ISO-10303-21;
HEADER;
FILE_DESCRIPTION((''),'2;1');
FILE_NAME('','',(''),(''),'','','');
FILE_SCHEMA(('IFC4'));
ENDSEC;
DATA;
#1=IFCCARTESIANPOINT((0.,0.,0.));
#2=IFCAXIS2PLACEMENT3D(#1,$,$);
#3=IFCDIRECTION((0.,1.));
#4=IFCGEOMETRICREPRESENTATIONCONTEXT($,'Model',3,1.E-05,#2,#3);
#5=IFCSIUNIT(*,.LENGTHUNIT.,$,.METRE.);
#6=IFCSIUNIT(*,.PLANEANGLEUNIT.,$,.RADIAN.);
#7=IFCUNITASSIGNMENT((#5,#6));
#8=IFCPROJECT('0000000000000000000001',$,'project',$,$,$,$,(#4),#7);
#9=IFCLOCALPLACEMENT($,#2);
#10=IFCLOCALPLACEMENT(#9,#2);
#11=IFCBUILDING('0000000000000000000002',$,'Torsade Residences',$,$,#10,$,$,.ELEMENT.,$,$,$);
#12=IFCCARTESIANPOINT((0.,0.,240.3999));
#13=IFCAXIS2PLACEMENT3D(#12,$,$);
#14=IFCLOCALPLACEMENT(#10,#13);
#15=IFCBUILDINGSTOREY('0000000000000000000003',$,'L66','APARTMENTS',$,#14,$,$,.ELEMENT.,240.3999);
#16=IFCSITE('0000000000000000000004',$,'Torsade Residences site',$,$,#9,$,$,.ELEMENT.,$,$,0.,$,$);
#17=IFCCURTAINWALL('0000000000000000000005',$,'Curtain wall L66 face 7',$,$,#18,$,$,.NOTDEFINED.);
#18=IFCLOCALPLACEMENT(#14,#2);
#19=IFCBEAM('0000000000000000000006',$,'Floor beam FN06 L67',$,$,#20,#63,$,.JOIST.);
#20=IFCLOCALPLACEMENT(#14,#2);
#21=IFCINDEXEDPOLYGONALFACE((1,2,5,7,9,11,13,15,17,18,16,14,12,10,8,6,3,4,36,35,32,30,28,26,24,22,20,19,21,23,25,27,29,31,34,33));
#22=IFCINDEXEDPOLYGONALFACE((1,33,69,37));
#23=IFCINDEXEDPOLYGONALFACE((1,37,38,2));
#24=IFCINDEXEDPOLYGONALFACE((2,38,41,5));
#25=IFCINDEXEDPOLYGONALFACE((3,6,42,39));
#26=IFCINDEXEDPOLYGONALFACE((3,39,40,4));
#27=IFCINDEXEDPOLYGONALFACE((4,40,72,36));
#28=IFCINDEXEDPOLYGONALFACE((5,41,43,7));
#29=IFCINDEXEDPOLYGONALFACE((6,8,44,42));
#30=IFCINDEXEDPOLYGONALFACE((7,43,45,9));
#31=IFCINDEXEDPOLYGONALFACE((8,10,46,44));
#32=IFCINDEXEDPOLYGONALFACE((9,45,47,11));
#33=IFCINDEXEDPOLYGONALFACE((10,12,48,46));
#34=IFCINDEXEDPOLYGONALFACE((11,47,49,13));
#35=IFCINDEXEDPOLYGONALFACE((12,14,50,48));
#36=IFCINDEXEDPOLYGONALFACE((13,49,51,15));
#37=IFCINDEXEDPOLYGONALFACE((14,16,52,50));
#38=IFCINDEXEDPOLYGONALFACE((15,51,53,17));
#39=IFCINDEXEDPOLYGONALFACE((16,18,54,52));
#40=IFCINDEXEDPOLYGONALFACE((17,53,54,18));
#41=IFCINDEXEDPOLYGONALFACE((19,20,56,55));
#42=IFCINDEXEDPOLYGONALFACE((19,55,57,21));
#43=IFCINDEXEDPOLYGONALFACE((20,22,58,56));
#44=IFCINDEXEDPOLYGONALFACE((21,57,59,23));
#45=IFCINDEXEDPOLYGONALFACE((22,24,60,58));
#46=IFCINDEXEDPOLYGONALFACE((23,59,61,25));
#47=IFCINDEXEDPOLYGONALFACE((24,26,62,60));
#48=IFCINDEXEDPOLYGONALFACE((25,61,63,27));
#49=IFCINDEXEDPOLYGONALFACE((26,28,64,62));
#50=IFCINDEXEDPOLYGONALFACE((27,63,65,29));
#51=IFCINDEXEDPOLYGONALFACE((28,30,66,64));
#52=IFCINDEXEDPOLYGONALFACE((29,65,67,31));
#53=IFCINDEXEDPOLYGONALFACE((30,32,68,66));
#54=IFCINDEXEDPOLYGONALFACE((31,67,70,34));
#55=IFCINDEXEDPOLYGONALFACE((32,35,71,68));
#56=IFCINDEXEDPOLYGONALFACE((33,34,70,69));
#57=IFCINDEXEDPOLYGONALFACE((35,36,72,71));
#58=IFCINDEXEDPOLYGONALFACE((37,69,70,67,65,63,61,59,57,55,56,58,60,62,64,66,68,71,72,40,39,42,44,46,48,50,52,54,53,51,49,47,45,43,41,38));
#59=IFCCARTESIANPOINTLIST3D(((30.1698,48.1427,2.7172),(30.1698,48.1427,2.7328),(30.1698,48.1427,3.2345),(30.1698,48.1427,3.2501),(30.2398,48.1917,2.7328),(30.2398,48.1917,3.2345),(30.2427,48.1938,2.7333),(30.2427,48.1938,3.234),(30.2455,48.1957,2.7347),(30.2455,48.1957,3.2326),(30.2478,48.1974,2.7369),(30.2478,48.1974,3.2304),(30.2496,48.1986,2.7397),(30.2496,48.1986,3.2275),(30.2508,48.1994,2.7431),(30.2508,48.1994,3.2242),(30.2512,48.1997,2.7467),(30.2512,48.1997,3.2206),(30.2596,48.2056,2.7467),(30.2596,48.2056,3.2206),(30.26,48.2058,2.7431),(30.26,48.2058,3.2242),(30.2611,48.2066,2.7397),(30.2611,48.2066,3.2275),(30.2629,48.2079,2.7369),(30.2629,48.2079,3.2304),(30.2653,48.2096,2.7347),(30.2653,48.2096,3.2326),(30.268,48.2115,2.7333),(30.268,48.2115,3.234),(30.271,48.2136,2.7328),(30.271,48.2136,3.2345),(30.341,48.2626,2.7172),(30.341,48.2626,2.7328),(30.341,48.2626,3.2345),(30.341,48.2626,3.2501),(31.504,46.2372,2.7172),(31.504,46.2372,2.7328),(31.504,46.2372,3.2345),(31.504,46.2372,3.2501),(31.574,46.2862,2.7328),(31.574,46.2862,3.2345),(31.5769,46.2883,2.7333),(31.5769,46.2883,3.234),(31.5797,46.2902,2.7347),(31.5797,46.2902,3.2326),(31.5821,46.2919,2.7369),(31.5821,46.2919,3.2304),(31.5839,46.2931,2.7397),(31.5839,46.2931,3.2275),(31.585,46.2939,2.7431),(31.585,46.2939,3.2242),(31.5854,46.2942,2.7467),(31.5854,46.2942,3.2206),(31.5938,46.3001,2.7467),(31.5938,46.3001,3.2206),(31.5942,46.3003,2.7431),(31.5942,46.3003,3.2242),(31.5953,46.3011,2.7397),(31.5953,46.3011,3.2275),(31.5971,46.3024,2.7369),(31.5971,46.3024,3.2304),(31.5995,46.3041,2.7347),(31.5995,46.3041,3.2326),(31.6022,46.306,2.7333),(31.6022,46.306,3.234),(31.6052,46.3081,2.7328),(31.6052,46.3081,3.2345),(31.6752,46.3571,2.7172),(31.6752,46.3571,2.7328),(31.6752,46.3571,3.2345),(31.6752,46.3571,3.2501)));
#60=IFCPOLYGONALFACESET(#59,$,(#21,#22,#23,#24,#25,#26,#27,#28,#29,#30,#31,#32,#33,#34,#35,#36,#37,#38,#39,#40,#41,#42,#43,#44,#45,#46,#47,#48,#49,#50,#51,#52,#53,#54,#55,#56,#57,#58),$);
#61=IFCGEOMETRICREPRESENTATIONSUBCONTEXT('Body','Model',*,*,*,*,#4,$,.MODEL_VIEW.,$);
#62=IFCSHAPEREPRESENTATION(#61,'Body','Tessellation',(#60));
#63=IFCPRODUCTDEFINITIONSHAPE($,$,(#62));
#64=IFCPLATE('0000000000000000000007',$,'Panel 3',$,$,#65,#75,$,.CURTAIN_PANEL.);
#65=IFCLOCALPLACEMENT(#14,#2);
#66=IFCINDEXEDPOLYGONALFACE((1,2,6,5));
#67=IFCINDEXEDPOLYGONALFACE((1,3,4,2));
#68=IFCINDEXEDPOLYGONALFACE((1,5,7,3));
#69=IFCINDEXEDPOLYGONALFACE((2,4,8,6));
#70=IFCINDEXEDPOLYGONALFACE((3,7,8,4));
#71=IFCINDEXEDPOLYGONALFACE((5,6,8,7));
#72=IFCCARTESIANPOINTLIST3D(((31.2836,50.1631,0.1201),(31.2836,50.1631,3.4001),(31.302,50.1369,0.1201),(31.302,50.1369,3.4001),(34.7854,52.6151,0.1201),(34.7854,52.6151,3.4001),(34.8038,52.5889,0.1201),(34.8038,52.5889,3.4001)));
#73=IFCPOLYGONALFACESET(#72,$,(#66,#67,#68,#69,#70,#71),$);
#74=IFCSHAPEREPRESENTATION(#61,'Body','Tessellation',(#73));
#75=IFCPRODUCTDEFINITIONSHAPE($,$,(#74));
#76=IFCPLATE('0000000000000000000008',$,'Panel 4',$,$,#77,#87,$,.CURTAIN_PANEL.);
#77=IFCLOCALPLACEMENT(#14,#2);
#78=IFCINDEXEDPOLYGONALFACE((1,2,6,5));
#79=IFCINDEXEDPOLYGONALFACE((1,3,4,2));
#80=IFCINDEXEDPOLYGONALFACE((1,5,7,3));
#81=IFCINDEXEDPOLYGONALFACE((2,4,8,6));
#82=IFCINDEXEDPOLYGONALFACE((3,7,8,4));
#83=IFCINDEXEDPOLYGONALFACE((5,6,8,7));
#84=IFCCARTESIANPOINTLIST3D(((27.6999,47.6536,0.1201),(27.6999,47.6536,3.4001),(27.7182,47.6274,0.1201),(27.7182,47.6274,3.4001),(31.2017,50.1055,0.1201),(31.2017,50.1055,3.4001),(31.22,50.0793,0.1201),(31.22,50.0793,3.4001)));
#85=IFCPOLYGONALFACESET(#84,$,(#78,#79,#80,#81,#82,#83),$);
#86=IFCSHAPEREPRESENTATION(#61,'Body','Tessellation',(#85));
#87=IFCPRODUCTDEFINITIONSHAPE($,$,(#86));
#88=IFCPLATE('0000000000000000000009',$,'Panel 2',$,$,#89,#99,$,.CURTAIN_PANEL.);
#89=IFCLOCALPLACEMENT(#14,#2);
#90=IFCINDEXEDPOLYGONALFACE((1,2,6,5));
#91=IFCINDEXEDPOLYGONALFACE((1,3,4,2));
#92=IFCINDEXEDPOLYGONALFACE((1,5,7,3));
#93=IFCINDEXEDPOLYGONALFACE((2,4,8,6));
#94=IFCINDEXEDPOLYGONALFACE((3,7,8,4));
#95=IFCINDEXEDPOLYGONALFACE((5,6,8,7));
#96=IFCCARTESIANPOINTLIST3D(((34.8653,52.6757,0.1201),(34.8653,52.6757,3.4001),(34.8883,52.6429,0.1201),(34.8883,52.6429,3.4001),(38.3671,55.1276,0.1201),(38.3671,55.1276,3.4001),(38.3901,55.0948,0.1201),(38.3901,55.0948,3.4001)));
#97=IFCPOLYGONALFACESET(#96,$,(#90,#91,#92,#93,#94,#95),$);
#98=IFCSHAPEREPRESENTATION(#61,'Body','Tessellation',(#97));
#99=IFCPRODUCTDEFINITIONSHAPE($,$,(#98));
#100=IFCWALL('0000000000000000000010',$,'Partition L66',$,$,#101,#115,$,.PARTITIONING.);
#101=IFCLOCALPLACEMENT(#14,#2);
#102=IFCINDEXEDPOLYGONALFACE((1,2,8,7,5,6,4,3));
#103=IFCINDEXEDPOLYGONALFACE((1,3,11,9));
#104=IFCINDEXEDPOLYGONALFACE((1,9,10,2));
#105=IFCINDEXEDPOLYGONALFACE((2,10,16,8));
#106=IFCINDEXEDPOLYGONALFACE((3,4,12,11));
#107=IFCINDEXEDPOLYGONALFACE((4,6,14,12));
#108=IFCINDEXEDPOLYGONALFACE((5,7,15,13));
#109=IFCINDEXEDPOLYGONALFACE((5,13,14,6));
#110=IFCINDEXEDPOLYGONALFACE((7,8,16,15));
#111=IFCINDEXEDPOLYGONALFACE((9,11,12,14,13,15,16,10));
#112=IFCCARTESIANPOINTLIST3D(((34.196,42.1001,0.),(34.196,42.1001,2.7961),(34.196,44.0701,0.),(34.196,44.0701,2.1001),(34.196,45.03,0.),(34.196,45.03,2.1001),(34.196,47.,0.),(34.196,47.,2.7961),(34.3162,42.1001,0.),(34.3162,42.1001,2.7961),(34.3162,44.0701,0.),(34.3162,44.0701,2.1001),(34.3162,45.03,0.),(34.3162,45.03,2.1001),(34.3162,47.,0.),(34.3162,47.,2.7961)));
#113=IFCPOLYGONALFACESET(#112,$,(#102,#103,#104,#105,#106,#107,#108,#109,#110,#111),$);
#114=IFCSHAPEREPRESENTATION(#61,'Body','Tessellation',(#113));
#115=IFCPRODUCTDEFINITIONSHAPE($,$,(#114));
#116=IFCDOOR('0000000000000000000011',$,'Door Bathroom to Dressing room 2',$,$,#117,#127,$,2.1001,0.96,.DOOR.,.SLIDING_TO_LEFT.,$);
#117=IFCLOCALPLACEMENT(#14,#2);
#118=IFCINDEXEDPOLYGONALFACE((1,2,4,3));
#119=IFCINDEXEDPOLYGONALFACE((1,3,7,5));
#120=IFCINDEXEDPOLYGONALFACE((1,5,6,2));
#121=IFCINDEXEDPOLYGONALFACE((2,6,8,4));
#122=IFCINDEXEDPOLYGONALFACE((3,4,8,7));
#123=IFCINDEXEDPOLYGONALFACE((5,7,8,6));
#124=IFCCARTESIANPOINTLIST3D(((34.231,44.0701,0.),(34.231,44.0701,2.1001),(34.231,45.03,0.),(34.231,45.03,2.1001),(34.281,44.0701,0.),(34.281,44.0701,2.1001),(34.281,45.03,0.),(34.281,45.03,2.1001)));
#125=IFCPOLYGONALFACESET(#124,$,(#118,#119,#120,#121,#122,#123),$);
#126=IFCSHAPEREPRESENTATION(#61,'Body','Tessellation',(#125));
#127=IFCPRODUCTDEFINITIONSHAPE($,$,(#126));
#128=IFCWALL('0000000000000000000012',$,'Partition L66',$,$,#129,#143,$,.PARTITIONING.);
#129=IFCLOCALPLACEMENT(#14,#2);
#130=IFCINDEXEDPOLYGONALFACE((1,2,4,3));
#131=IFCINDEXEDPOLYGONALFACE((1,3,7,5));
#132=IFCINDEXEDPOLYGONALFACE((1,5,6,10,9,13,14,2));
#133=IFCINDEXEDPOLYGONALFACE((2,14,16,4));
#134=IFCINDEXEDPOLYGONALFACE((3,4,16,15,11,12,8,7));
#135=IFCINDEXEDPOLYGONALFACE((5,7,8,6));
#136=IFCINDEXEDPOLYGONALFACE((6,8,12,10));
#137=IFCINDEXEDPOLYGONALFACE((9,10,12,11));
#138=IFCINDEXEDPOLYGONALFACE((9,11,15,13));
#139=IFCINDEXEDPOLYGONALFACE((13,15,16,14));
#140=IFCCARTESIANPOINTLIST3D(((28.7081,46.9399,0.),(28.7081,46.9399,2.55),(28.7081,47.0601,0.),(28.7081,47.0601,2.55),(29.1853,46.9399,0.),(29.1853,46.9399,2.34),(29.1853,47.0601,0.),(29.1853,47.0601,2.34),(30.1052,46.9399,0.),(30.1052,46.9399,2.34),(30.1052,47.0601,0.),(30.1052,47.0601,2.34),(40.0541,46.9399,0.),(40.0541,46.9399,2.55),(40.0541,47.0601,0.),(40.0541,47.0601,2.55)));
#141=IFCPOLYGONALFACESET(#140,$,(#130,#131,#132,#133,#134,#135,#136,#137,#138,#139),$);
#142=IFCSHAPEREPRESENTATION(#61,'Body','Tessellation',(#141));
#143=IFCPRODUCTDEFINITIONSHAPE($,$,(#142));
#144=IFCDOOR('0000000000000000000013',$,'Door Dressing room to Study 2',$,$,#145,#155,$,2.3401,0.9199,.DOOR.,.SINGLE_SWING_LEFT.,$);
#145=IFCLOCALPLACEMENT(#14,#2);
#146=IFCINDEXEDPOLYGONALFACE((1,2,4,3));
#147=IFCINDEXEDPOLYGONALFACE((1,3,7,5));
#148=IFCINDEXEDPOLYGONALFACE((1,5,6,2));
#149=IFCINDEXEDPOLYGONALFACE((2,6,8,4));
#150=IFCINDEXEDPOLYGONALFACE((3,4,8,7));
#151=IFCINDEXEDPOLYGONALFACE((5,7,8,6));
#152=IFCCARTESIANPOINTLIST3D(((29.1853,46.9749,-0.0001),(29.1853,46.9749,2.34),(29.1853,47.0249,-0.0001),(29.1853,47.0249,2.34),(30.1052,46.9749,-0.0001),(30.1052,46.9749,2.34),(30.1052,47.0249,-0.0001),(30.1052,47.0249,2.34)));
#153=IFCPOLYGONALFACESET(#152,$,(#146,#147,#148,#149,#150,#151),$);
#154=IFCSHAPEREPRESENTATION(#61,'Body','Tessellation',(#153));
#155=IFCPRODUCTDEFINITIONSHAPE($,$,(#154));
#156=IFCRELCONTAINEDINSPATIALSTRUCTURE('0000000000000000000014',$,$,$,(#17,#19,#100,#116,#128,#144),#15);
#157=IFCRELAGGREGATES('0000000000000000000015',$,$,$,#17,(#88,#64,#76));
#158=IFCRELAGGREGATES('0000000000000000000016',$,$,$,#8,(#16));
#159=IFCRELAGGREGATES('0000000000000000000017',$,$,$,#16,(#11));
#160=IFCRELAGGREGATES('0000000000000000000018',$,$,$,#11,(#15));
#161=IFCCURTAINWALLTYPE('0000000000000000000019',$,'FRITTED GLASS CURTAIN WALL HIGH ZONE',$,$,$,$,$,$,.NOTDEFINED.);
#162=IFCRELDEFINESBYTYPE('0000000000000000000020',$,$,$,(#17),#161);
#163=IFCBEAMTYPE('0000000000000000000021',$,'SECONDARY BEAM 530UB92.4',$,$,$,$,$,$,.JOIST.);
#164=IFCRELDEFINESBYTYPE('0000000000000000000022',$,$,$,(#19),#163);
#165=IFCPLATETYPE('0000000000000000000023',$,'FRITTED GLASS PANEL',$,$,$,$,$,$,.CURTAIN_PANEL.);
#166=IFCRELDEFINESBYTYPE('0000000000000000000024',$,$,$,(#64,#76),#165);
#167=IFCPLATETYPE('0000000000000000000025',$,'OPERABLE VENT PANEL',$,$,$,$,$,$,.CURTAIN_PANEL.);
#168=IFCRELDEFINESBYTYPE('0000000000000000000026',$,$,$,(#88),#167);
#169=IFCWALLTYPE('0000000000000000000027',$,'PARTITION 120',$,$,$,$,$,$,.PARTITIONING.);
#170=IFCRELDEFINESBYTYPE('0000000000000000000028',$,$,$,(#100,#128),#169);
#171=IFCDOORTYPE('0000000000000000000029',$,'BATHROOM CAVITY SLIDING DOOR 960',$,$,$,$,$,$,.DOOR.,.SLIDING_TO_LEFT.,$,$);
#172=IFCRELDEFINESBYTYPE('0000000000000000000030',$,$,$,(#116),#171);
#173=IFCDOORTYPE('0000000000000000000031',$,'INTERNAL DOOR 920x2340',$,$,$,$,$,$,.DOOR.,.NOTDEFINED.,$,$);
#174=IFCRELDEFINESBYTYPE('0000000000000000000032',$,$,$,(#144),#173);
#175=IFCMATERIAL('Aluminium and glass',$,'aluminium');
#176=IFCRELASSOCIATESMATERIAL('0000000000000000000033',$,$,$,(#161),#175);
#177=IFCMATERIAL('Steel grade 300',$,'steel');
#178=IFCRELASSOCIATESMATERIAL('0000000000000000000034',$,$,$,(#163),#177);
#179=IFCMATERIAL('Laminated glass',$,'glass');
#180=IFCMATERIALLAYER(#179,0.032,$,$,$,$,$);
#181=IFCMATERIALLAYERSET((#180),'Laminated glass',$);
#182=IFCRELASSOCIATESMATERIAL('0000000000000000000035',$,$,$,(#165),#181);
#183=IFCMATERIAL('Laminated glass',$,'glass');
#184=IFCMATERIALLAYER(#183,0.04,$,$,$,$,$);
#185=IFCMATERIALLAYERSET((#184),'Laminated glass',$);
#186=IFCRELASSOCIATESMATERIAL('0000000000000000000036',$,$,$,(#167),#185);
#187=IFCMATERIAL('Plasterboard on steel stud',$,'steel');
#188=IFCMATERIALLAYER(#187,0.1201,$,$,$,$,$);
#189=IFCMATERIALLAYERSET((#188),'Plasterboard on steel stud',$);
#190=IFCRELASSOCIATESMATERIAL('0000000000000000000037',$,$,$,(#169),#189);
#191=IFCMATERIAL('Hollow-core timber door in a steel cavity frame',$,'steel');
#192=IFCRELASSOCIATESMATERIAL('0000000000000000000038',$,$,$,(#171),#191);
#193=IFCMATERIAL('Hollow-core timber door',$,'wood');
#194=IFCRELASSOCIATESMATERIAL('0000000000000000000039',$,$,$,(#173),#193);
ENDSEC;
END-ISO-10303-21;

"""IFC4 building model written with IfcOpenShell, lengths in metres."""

from ifc_helpers import new_model, si_unit, direction, frame, frame_2d, origin, origin_2d, place, context, subcontext, project, spatial, rectangle, i_section, extrude, material, layer, layer_set, material_profile, profile_set, type_object, element, fill, aggregate, save


model = new_model("IFC4")

# Units and contexts
model_context = context("Model", 3, precision=1e-05, world=origin(), true_north=direction((0.0, 1.0)))
body_context = subcontext(model_context, "Body", "Model", "MODEL_VIEW")
ifc_project = project(units=[si_unit("LENGTHUNIT", "METRE"), si_unit("PLANEANGLEUNIT", "RADIAN")], contexts=[model_context])

# Site, building, storey
site_placement = place(None, origin())
site = spatial("IfcSite", under=ifc_project, at=site_placement, Name="Torsade Residences site", CompositionType="ELEMENT", RefElevation=0.0)
building_placement = place(site_placement, origin())
building = spatial("IfcBuilding", under=site, at=building_placement, Name="Torsade Residences", CompositionType="ELEMENT")
storey_placement = place(building_placement, frame((0.0, 0.0, 240.3999)))
storey = spatial("IfcBuildingStorey", under=building, at=storey_placement, Name="L66", Description="APARTMENTS", CompositionType="ELEMENT", Elevation=240.3999)

# Curtain wall
ifc_material_1 = material(Name="Aluminium and glass", Category="aluminium")
curtain_wall_type = type_object("IfcCurtainWallType", Name="FRITTED GLASS CURTAIN WALL HIGH ZONE", PredefinedType="NOTDEFINED", material=ifc_material_1)
curtain_wall_placement = place(storey_placement, origin())
curtain_wall = element("IfcCurtainWall", 1, at=curtain_wall_placement, inside=storey, type_object=curtain_wall_type, Name="Curtain wall L66 face 7", PredefinedType="NOTDEFINED")

# Beam
ifc_material_2 = material(Name="Steel grade 300", Category="steel")
ifc_material_profile_1 = material_profile(ifc_material_2, i_section(OverallWidth=0.209, OverallDepth=0.533, WebThickness=0.0103, FlangeThickness=0.0156, FilletRadius=0.0139, at=origin_2d()), Name="530UB92.4")
ifc_profile_set_1 = profile_set([ifc_material_profile_1], Name="Steel grade 300")
beam_type_1 = type_object("IfcBeamType", Name="SECONDARY BEAM 530UB92.4", PredefinedType="JOIST", material=ifc_profile_set_1)
beam_1_placement = place(storey_placement, frame((30.2554, 48.2026, 2.9836), z_axis=(0.573568, -0.819158, 0.0), x_axis=(0.819158, 0.573568, 0.0)))
element("IfcBeam", 2, at=beam_1_placement, inside=storey, type_object=beam_type_1, Name="Floor beam FN06 L67", PredefinedType="JOIST", context=body_context, shape_type="SweptSolid", body=[
    extrude(i_section(OverallWidth=0.209, OverallDepth=0.533, WebThickness=0.0103, FlangeThickness=0.0156, FilletRadius=0.0139, at=origin_2d()), origin(), (0.0, 0.0, 1.0), 2.3262),
])

# Plates
ifc_material_3 = material(Name="Laminated glass", Category="glass")
ifc_layer_1 = layer(ifc_material_3, 0.032)
ifc_layer_set_1 = layer_set([ifc_layer_1], Name="Laminated glass")
plate_type_1 = type_object("IfcPlateType", Name="FRITTED GLASS PANEL", PredefinedType="CURTAIN_PANEL", material=ifc_layer_set_1)
plate_1_placement = place(storey_placement, frame((33.0437, 51.376, 0.1201), z_axis=(0.0, 0.0, 1.0), x_axis=(-0.819152, -0.573576, 0.0)))
plate_1 = element("IfcPlate", 3, at=plate_1_placement, type_object=plate_type_1, Name="Panel 3", PredefinedType="CURTAIN_PANEL", context=body_context, shape_type="SweptSolid", body=[
    extrude(rectangle(XDim=4.2749, YDim=0.032, at=origin_2d()), origin(), (0.0, 0.0, 1.0), 3.28),
])
plate_2_placement = place(storey_placement, frame((29.46, 48.8665, 0.1201), z_axis=(0.0, 0.0, 1.0), x_axis=(-0.819152, -0.573576, 0.0)))
plate_2 = element("IfcPlate", 4, at=plate_2_placement, type_object=plate_type_1, Name="Panel 4", PredefinedType="CURTAIN_PANEL", context=body_context, shape_type="SweptSolid", body=[
    extrude(rectangle(XDim=4.2749, YDim=0.032, at=origin_2d()), origin(), (0.0, 0.0, 1.0), 3.28),
])
ifc_material_4 = material(Name="Laminated glass", Category="glass")
ifc_layer_2 = layer(ifc_material_4, 0.04)
ifc_layer_set_2 = layer_set([ifc_layer_2], Name="Laminated glass")
plate_type_2 = type_object("IfcPlateType", Name="OPERABLE VENT PANEL", PredefinedType="CURTAIN_PANEL", material=ifc_layer_set_2)
plate_3_placement = place(storey_placement, frame((36.6277, 53.8853, 0.1201), z_axis=(0.0, 0.0, 1.0), x_axis=(-0.819152, -0.573576, 0.0)))
plate_3 = element("IfcPlate", 5, at=plate_3_placement, type_object=plate_type_2, Name="Panel 2", PredefinedType="CURTAIN_PANEL", context=body_context, shape_type="SweptSolid", body=[
    extrude(rectangle(XDim=4.2749, YDim=0.04, at=origin_2d()), origin(), (0.0, 0.0, 1.0), 3.28),
])
aggregate(curtain_wall, [plate_3, plate_1, plate_2])

# Walls, openings, doors
ifc_material_5 = material(Name="Plasterboard on steel stud", Category="steel")
ifc_layer_3 = layer(ifc_material_5, 0.1201)
ifc_layer_set_3 = layer_set([ifc_layer_3], Name="Plasterboard on steel stud")
wall_type_1 = type_object("IfcWallType", Name="PARTITION 120", PredefinedType="PARTITIONING", material=ifc_layer_set_3)
wall_1_placement = place(storey_placement, frame((34.2561, 47.0, 0.0), z_axis=(0.0, 0.0, 1.0), x_axis=(0.0, -1.0, 0.0)))
wall_1 = element("IfcWall", 6, at=wall_1_placement, inside=storey, type_object=wall_type_1, Name="Partition L66", PredefinedType="PARTITIONING", context=body_context, shape_type="SweptSolid", body=[
    extrude(rectangle(XDim=4.8999, YDim=0.1201, at=frame_2d((2.45, 0.0))), origin(), (0.0, 0.0, 1.0), 2.7961),
])
opening_1_placement = place(wall_1_placement, frame((1.97, 0.0, 0.0)))
opening_1 = element("IfcOpeningElement", 7, at=opening_1_placement, cuts=wall_1, PredefinedType="OPENING", context=body_context, shape_type="SweptSolid", body=[
    extrude(rectangle(XDim=0.96, YDim=2.1001, at=frame_2d((0.48, 1.05))), frame((0.0, 0.0701, 0.0), z_axis=(0.0, -1.0, 0.0), x_axis=(1.0, 0.0, 0.0)), (0.0, 0.0, 1.0), 0.1401),
])
ifc_material_6 = material(Name="Hollow-core timber door in a steel cavity frame", Category="steel")
door_type_1 = type_object("IfcDoorType", Name="BATHROOM CAVITY SLIDING DOOR 960", OperationType="SLIDING_TO_LEFT", PredefinedType="DOOR", material=ifc_material_6)
door_1_placement = place(opening_1_placement, origin())
door_1 = element("IfcDoor", 8, at=door_1_placement, inside=storey, type_object=door_type_1, Name="Door Bathroom to Dressing room 2", OperationType="SLIDING_TO_LEFT", OverallHeight=2.1001, OverallWidth=0.96, PredefinedType="DOOR", context=body_context, shape_type="SweptSolid", body=[
    extrude(rectangle(XDim=0.96, YDim=2.1001, at=frame_2d((0.48, 1.05))), frame((0.0, 0.0249, 0.0), z_axis=(0.0, -1.0, 0.0), x_axis=(1.0, 0.0, 0.0)), (0.0, 0.0, 1.0), 0.05),
])
fill(opening_1, door_1)
wall_2_placement = place(storey_placement, frame((28.7083, 47.0, 0.0), z_axis=(0.0, 0.0, 1.0), x_axis=(1.0, 0.0, 0.0)))
wall_2 = element("IfcWall", 9, at=wall_2_placement, inside=storey, type_object=wall_type_1, Name="Partition L66", PredefinedType="PARTITIONING", context=body_context, shape_type="SweptSolid", body=[
    extrude(rectangle(XDim=11.3459, YDim=0.1201, at=frame_2d((5.6729, 0.0))), origin(), (0.0, 0.0, 1.0), 2.55),
])
opening_2_placement = place(wall_2_placement, frame((0.4771, 0.0, 0.0)))
opening_2 = element("IfcOpeningElement", 10, at=opening_2_placement, cuts=wall_2, PredefinedType="OPENING", context=body_context, shape_type="SweptSolid", body=[
    extrude(rectangle(XDim=0.9199, YDim=2.3401, at=frame_2d((0.46, 1.1699))), frame((0.0, 0.0701, 0.0), z_axis=(0.0, -1.0, 0.0), x_axis=(1.0, 0.0, 0.0)), (0.0, 0.0, 1.0), 0.1401),
])
ifc_material_7 = material(Name="Hollow-core timber door", Category="wood")
door_type_2 = type_object("IfcDoorType", Name="INTERNAL DOOR 920x2340", OperationType="NOTDEFINED", PredefinedType="DOOR", material=ifc_material_7)
door_2_placement = place(opening_2_placement, origin())
door_2 = element("IfcDoor", 11, at=door_2_placement, inside=storey, type_object=door_type_2, Name="Door Dressing room to Study 2", OperationType="SINGLE_SWING_LEFT", OverallHeight=2.3401, OverallWidth=0.9199, PredefinedType="DOOR", context=body_context, shape_type="SweptSolid", body=[
    extrude(rectangle(XDim=0.9199, YDim=2.3401, at=frame_2d((0.46, 1.1699))), frame((0.0, 0.0249, 0.0), z_axis=(0.0, -1.0, 0.0), x_axis=(1.0, 0.0, 0.0)), (0.0, 0.0, 1.0), 0.05),
])
fill(opening_2, door_2)

save(model, "model.ifc")
